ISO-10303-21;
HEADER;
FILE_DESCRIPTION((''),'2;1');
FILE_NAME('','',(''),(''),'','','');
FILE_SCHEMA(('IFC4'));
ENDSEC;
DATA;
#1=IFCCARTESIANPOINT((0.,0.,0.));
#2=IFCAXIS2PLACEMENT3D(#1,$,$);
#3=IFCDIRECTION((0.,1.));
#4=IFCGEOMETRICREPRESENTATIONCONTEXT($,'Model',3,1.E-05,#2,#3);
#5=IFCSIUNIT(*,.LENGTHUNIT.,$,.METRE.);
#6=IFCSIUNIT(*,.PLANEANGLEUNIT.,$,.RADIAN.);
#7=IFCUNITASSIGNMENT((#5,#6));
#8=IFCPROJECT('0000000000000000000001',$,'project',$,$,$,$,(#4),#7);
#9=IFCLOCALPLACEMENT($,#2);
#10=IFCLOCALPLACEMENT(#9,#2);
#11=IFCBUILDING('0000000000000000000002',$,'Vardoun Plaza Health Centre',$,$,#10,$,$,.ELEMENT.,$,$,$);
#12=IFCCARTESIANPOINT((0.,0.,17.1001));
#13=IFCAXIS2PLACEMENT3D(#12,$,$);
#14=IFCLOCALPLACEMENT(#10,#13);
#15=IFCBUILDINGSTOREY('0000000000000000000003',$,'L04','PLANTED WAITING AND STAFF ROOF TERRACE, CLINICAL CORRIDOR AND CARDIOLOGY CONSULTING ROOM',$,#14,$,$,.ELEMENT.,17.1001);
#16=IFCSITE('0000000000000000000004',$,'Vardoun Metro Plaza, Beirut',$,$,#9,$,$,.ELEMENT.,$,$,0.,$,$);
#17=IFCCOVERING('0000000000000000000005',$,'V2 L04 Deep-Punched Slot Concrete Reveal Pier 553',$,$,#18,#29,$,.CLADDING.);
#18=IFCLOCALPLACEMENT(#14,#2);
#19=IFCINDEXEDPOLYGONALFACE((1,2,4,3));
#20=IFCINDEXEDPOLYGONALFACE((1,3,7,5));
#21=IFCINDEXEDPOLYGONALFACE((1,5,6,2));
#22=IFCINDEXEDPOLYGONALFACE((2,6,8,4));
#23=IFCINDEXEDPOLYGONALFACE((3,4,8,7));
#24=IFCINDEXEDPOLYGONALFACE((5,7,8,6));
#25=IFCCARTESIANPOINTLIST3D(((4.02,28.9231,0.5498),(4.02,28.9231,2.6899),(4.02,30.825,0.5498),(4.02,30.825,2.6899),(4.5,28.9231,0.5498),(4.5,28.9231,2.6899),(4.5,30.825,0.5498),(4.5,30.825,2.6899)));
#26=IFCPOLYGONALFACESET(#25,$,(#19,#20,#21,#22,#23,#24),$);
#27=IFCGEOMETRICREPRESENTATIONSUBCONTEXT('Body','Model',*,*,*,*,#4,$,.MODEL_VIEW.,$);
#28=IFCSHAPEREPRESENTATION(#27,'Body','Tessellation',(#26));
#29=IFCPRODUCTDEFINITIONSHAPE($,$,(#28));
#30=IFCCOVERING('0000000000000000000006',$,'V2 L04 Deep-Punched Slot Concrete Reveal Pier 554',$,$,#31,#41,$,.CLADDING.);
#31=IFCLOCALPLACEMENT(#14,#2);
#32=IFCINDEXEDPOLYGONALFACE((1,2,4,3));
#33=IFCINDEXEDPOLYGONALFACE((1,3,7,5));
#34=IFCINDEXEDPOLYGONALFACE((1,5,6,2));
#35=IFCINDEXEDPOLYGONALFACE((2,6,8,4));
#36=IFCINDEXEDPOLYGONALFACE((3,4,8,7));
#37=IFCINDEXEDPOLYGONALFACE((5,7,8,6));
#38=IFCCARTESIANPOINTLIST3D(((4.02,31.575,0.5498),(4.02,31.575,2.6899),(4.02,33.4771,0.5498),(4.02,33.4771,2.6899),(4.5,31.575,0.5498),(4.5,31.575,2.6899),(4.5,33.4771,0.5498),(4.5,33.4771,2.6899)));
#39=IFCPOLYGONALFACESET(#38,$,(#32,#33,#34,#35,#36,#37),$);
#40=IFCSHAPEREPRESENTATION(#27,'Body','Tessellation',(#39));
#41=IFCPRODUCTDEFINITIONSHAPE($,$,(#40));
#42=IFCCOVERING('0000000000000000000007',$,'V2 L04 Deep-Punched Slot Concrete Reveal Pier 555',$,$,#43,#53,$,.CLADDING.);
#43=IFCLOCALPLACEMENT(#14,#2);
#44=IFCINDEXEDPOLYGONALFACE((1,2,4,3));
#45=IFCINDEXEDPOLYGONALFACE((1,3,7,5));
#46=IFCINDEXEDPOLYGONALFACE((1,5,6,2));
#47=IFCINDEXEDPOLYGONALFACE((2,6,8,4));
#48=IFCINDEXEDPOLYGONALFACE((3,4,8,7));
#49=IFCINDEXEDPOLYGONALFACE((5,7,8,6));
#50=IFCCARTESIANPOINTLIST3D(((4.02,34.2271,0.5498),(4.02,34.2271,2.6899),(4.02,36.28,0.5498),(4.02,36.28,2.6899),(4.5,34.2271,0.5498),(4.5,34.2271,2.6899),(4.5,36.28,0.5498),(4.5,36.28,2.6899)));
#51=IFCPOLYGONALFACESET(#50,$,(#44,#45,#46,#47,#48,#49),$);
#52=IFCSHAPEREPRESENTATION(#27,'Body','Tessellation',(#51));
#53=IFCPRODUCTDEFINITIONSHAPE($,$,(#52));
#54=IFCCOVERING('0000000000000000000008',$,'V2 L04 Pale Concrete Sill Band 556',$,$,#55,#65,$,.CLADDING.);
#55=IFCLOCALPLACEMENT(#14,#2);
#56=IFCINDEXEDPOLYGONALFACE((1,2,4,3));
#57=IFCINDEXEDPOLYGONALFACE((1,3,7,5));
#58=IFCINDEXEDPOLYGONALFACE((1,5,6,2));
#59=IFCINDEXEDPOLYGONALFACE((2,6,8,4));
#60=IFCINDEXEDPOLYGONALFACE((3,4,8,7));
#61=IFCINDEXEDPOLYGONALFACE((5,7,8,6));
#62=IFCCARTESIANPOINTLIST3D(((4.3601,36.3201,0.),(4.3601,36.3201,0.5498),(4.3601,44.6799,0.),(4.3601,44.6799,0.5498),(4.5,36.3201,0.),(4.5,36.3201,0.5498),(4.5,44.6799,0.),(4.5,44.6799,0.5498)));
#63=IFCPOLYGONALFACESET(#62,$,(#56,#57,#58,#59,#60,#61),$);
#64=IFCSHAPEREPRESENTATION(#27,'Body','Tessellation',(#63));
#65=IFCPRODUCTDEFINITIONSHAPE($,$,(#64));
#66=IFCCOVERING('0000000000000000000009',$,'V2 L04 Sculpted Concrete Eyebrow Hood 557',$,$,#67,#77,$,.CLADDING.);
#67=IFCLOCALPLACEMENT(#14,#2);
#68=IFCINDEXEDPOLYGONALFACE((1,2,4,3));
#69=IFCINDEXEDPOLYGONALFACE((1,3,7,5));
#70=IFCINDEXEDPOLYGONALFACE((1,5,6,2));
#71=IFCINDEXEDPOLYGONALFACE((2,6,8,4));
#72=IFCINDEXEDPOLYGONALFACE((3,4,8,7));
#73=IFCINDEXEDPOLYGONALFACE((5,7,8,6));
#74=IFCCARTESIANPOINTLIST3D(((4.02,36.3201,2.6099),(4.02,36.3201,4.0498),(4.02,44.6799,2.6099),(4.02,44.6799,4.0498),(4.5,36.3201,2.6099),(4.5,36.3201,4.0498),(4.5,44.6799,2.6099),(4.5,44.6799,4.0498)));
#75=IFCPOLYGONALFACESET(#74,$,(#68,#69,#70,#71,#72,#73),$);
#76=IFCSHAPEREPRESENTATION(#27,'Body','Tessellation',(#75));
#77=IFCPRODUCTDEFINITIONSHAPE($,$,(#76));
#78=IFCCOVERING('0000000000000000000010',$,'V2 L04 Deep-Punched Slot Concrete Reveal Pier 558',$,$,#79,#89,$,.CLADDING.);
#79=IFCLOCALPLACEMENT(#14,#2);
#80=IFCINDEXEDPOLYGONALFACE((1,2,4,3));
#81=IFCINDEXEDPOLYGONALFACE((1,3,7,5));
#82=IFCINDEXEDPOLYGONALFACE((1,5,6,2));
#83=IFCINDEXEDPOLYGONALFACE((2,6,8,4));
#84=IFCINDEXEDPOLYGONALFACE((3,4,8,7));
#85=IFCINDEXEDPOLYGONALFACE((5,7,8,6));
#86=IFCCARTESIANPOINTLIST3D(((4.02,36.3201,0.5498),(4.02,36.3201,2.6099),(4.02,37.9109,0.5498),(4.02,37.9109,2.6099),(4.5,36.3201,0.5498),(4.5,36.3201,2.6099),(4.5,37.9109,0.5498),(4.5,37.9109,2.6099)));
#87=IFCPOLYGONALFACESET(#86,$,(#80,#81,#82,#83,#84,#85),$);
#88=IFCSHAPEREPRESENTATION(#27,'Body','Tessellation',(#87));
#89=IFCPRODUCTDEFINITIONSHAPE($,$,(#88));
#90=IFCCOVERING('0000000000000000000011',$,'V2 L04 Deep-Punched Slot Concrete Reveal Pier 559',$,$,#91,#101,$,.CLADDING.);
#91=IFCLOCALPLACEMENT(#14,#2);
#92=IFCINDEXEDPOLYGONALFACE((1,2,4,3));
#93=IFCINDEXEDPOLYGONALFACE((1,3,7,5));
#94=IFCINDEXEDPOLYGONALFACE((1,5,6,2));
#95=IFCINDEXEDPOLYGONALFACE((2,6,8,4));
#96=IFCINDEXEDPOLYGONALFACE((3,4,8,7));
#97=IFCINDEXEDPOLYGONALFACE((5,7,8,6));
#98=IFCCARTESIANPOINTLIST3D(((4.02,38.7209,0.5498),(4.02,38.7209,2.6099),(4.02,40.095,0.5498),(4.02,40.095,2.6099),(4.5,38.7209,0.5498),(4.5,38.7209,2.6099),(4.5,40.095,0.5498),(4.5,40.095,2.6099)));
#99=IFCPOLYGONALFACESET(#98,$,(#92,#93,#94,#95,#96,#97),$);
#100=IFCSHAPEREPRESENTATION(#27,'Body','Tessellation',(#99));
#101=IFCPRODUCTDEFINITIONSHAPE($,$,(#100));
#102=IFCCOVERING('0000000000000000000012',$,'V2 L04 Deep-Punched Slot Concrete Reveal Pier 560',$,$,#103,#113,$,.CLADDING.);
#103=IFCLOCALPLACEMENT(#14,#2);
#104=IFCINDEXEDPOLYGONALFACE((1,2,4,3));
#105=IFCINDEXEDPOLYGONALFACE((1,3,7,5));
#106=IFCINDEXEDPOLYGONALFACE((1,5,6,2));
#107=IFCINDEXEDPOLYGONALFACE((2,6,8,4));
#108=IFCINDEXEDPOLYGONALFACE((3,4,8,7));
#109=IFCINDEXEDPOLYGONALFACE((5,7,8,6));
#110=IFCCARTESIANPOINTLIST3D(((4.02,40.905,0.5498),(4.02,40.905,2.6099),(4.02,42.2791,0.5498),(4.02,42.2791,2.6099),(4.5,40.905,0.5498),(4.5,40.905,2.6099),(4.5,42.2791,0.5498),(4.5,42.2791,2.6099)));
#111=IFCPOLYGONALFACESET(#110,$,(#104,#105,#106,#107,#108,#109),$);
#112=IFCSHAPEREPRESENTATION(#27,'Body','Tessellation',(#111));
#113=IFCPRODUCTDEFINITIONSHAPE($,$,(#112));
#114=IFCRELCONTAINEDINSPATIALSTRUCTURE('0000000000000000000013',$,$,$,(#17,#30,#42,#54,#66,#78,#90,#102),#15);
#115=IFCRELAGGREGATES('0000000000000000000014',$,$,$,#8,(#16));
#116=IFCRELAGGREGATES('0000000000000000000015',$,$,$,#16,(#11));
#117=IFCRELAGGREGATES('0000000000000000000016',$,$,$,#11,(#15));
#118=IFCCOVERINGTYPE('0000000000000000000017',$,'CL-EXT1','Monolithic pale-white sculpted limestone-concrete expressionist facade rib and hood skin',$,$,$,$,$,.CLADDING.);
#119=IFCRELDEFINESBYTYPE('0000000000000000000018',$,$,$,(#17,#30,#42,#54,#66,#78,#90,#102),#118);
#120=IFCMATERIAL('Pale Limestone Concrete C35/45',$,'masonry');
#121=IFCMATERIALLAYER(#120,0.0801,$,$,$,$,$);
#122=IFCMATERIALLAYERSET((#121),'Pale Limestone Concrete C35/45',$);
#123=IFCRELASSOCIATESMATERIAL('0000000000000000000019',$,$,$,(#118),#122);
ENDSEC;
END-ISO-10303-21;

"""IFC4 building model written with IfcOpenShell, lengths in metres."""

from ifc_helpers import new_model, si_unit, direction, frame, origin, place, context, subcontext, project, spatial, polyline, outline, extrude, material, layer, layer_set, type_object, element, save


model = new_model("IFC4")

# Units and contexts
model_context = context("Model", 3, precision=1e-05, world=origin(), true_north=direction((0.0, 1.0)))
body_context = subcontext(model_context, "Body", "Model", "MODEL_VIEW")
ifc_project = project(units=[si_unit("LENGTHUNIT", "METRE"), si_unit("PLANEANGLEUNIT", "RADIAN")], contexts=[model_context])

# Site, building, storey
site_placement = place(None, origin())
site = spatial("IfcSite", under=ifc_project, at=site_placement, Name="Vardoun Metro Plaza, Beirut", CompositionType="ELEMENT", RefElevation=0.0)
building_placement = place(site_placement, origin())
building = spatial("IfcBuilding", under=site, at=building_placement, Name="Vardoun Plaza Health Centre", CompositionType="ELEMENT")
storey_placement = place(building_placement, frame((0.0, 0.0, 17.1001)))
storey = spatial("IfcBuildingStorey", under=building, at=storey_placement, Name="L04", Description="PLANTED WAITING AND STAFF ROOF TERRACE, CLINICAL CORRIDOR AND CARDIOLOGY CONSULTING ROOM", CompositionType="ELEMENT", Elevation=17.1001)

# Coverings
ifc_material = material(Name="Pale Limestone Concrete C35/45", Category="masonry")
ifc_layer = layer(ifc_material, 0.0801)
ifc_layer_set = layer_set([ifc_layer], Name="Pale Limestone Concrete C35/45")
covering_type = type_object("IfcCoveringType", Name="CL-EXT1", Description="Monolithic pale-white sculpted limestone-concrete expressionist facade rib and hood skin", PredefinedType="CLADDING", material=ifc_layer_set)
covering_1_placement = place(storey_placement, frame((0.0, 0.0, 0.5498)))
element("IfcCovering", 1, at=covering_1_placement, inside=storey, type_object=covering_type, Name="V2 L04 Deep-Punched Slot Concrete Reveal Pier 553", PredefinedType="CLADDING", context=body_context, shape_type="SweptSolid", body=[
    extrude(outline(polyline([(4.5, 28.9231), (4.5, 30.825), (4.02, 30.825), (4.02, 28.9231), (4.5, 28.9231)])), origin(), (0.0, 0.0, 1.0), 2.1401),
])
covering_2_placement = place(storey_placement, frame((0.0, 0.0, 0.5498)))
element("IfcCovering", 2, at=covering_2_placement, inside=storey, type_object=covering_type, Name="V2 L04 Deep-Punched Slot Concrete Reveal Pier 554", PredefinedType="CLADDING", context=body_context, shape_type="SweptSolid", body=[
    extrude(outline(polyline([(4.5, 31.575), (4.5, 33.4771), (4.02, 33.4771), (4.02, 31.575), (4.5, 31.575)])), origin(), (0.0, 0.0, 1.0), 2.1401),
])
covering_3_placement = place(storey_placement, frame((0.0, 0.0, 0.5498)))
element("IfcCovering", 3, at=covering_3_placement, inside=storey, type_object=covering_type, Name="V2 L04 Deep-Punched Slot Concrete Reveal Pier 555", PredefinedType="CLADDING", context=body_context, shape_type="SweptSolid", body=[
    extrude(outline(polyline([(4.5, 34.2271), (4.5, 36.28), (4.02, 36.28), (4.02, 34.2271), (4.5, 34.2271)])), origin(), (0.0, 0.0, 1.0), 2.1401),
])
covering_4_placement = place(storey_placement, origin())
element("IfcCovering", 4, at=covering_4_placement, inside=storey, type_object=covering_type, Name="V2 L04 Pale Concrete Sill Band 556", PredefinedType="CLADDING", context=body_context, shape_type="SweptSolid", body=[
    extrude(outline(polyline([(4.5, 36.3201), (4.5, 44.6799), (4.3601, 44.6799), (4.3601, 36.3201), (4.5, 36.3201)])), origin(), (0.0, 0.0, 1.0), 0.5498),
])
covering_5_placement = place(storey_placement, frame((0.0, 0.0, 2.6099)))
element("IfcCovering", 5, at=covering_5_placement, inside=storey, type_object=covering_type, Name="V2 L04 Sculpted Concrete Eyebrow Hood 557", PredefinedType="CLADDING", context=body_context, shape_type="SweptSolid", body=[
    extrude(outline(polyline([(4.5, 36.3201), (4.5, 44.6799), (4.02, 44.6799), (4.02, 36.3201), (4.5, 36.3201)])), origin(), (0.0, 0.0, 1.0), 1.4399),
])
covering_6_placement = place(storey_placement, frame((0.0, 0.0, 0.5498)))
element("IfcCovering", 6, at=covering_6_placement, inside=storey, type_object=covering_type, Name="V2 L04 Deep-Punched Slot Concrete Reveal Pier 558", PredefinedType="CLADDING", context=body_context, shape_type="SweptSolid", body=[
    extrude(outline(polyline([(4.5, 36.3201), (4.5, 37.9109), (4.02, 37.9109), (4.02, 36.3201), (4.5, 36.3201)])), origin(), (0.0, 0.0, 1.0), 2.0601),
])
covering_7_placement = place(storey_placement, frame((0.0, 0.0, 0.5498)))
element("IfcCovering", 7, at=covering_7_placement, inside=storey, type_object=covering_type, Name="V2 L04 Deep-Punched Slot Concrete Reveal Pier 559", PredefinedType="CLADDING", context=body_context, shape_type="SweptSolid", body=[
    extrude(outline(polyline([(4.5, 38.7209), (4.5, 40.095), (4.02, 40.095), (4.02, 38.7209), (4.5, 38.7209)])), origin(), (0.0, 0.0, 1.0), 2.0601),
])
covering_8_placement = place(storey_placement, frame((0.0, 0.0, 0.5498)))
element("IfcCovering", 8, at=covering_8_placement, inside=storey, type_object=covering_type, Name="V2 L04 Deep-Punched Slot Concrete Reveal Pier 560", PredefinedType="CLADDING", context=body_context, shape_type="SweptSolid", body=[
    extrude(outline(polyline([(4.5, 40.905), (4.5, 42.2791), (4.02, 42.2791), (4.02, 40.905), (4.5, 40.905)])), origin(), (0.0, 0.0, 1.0), 2.0601),
])

save(model, "model.ifc")
